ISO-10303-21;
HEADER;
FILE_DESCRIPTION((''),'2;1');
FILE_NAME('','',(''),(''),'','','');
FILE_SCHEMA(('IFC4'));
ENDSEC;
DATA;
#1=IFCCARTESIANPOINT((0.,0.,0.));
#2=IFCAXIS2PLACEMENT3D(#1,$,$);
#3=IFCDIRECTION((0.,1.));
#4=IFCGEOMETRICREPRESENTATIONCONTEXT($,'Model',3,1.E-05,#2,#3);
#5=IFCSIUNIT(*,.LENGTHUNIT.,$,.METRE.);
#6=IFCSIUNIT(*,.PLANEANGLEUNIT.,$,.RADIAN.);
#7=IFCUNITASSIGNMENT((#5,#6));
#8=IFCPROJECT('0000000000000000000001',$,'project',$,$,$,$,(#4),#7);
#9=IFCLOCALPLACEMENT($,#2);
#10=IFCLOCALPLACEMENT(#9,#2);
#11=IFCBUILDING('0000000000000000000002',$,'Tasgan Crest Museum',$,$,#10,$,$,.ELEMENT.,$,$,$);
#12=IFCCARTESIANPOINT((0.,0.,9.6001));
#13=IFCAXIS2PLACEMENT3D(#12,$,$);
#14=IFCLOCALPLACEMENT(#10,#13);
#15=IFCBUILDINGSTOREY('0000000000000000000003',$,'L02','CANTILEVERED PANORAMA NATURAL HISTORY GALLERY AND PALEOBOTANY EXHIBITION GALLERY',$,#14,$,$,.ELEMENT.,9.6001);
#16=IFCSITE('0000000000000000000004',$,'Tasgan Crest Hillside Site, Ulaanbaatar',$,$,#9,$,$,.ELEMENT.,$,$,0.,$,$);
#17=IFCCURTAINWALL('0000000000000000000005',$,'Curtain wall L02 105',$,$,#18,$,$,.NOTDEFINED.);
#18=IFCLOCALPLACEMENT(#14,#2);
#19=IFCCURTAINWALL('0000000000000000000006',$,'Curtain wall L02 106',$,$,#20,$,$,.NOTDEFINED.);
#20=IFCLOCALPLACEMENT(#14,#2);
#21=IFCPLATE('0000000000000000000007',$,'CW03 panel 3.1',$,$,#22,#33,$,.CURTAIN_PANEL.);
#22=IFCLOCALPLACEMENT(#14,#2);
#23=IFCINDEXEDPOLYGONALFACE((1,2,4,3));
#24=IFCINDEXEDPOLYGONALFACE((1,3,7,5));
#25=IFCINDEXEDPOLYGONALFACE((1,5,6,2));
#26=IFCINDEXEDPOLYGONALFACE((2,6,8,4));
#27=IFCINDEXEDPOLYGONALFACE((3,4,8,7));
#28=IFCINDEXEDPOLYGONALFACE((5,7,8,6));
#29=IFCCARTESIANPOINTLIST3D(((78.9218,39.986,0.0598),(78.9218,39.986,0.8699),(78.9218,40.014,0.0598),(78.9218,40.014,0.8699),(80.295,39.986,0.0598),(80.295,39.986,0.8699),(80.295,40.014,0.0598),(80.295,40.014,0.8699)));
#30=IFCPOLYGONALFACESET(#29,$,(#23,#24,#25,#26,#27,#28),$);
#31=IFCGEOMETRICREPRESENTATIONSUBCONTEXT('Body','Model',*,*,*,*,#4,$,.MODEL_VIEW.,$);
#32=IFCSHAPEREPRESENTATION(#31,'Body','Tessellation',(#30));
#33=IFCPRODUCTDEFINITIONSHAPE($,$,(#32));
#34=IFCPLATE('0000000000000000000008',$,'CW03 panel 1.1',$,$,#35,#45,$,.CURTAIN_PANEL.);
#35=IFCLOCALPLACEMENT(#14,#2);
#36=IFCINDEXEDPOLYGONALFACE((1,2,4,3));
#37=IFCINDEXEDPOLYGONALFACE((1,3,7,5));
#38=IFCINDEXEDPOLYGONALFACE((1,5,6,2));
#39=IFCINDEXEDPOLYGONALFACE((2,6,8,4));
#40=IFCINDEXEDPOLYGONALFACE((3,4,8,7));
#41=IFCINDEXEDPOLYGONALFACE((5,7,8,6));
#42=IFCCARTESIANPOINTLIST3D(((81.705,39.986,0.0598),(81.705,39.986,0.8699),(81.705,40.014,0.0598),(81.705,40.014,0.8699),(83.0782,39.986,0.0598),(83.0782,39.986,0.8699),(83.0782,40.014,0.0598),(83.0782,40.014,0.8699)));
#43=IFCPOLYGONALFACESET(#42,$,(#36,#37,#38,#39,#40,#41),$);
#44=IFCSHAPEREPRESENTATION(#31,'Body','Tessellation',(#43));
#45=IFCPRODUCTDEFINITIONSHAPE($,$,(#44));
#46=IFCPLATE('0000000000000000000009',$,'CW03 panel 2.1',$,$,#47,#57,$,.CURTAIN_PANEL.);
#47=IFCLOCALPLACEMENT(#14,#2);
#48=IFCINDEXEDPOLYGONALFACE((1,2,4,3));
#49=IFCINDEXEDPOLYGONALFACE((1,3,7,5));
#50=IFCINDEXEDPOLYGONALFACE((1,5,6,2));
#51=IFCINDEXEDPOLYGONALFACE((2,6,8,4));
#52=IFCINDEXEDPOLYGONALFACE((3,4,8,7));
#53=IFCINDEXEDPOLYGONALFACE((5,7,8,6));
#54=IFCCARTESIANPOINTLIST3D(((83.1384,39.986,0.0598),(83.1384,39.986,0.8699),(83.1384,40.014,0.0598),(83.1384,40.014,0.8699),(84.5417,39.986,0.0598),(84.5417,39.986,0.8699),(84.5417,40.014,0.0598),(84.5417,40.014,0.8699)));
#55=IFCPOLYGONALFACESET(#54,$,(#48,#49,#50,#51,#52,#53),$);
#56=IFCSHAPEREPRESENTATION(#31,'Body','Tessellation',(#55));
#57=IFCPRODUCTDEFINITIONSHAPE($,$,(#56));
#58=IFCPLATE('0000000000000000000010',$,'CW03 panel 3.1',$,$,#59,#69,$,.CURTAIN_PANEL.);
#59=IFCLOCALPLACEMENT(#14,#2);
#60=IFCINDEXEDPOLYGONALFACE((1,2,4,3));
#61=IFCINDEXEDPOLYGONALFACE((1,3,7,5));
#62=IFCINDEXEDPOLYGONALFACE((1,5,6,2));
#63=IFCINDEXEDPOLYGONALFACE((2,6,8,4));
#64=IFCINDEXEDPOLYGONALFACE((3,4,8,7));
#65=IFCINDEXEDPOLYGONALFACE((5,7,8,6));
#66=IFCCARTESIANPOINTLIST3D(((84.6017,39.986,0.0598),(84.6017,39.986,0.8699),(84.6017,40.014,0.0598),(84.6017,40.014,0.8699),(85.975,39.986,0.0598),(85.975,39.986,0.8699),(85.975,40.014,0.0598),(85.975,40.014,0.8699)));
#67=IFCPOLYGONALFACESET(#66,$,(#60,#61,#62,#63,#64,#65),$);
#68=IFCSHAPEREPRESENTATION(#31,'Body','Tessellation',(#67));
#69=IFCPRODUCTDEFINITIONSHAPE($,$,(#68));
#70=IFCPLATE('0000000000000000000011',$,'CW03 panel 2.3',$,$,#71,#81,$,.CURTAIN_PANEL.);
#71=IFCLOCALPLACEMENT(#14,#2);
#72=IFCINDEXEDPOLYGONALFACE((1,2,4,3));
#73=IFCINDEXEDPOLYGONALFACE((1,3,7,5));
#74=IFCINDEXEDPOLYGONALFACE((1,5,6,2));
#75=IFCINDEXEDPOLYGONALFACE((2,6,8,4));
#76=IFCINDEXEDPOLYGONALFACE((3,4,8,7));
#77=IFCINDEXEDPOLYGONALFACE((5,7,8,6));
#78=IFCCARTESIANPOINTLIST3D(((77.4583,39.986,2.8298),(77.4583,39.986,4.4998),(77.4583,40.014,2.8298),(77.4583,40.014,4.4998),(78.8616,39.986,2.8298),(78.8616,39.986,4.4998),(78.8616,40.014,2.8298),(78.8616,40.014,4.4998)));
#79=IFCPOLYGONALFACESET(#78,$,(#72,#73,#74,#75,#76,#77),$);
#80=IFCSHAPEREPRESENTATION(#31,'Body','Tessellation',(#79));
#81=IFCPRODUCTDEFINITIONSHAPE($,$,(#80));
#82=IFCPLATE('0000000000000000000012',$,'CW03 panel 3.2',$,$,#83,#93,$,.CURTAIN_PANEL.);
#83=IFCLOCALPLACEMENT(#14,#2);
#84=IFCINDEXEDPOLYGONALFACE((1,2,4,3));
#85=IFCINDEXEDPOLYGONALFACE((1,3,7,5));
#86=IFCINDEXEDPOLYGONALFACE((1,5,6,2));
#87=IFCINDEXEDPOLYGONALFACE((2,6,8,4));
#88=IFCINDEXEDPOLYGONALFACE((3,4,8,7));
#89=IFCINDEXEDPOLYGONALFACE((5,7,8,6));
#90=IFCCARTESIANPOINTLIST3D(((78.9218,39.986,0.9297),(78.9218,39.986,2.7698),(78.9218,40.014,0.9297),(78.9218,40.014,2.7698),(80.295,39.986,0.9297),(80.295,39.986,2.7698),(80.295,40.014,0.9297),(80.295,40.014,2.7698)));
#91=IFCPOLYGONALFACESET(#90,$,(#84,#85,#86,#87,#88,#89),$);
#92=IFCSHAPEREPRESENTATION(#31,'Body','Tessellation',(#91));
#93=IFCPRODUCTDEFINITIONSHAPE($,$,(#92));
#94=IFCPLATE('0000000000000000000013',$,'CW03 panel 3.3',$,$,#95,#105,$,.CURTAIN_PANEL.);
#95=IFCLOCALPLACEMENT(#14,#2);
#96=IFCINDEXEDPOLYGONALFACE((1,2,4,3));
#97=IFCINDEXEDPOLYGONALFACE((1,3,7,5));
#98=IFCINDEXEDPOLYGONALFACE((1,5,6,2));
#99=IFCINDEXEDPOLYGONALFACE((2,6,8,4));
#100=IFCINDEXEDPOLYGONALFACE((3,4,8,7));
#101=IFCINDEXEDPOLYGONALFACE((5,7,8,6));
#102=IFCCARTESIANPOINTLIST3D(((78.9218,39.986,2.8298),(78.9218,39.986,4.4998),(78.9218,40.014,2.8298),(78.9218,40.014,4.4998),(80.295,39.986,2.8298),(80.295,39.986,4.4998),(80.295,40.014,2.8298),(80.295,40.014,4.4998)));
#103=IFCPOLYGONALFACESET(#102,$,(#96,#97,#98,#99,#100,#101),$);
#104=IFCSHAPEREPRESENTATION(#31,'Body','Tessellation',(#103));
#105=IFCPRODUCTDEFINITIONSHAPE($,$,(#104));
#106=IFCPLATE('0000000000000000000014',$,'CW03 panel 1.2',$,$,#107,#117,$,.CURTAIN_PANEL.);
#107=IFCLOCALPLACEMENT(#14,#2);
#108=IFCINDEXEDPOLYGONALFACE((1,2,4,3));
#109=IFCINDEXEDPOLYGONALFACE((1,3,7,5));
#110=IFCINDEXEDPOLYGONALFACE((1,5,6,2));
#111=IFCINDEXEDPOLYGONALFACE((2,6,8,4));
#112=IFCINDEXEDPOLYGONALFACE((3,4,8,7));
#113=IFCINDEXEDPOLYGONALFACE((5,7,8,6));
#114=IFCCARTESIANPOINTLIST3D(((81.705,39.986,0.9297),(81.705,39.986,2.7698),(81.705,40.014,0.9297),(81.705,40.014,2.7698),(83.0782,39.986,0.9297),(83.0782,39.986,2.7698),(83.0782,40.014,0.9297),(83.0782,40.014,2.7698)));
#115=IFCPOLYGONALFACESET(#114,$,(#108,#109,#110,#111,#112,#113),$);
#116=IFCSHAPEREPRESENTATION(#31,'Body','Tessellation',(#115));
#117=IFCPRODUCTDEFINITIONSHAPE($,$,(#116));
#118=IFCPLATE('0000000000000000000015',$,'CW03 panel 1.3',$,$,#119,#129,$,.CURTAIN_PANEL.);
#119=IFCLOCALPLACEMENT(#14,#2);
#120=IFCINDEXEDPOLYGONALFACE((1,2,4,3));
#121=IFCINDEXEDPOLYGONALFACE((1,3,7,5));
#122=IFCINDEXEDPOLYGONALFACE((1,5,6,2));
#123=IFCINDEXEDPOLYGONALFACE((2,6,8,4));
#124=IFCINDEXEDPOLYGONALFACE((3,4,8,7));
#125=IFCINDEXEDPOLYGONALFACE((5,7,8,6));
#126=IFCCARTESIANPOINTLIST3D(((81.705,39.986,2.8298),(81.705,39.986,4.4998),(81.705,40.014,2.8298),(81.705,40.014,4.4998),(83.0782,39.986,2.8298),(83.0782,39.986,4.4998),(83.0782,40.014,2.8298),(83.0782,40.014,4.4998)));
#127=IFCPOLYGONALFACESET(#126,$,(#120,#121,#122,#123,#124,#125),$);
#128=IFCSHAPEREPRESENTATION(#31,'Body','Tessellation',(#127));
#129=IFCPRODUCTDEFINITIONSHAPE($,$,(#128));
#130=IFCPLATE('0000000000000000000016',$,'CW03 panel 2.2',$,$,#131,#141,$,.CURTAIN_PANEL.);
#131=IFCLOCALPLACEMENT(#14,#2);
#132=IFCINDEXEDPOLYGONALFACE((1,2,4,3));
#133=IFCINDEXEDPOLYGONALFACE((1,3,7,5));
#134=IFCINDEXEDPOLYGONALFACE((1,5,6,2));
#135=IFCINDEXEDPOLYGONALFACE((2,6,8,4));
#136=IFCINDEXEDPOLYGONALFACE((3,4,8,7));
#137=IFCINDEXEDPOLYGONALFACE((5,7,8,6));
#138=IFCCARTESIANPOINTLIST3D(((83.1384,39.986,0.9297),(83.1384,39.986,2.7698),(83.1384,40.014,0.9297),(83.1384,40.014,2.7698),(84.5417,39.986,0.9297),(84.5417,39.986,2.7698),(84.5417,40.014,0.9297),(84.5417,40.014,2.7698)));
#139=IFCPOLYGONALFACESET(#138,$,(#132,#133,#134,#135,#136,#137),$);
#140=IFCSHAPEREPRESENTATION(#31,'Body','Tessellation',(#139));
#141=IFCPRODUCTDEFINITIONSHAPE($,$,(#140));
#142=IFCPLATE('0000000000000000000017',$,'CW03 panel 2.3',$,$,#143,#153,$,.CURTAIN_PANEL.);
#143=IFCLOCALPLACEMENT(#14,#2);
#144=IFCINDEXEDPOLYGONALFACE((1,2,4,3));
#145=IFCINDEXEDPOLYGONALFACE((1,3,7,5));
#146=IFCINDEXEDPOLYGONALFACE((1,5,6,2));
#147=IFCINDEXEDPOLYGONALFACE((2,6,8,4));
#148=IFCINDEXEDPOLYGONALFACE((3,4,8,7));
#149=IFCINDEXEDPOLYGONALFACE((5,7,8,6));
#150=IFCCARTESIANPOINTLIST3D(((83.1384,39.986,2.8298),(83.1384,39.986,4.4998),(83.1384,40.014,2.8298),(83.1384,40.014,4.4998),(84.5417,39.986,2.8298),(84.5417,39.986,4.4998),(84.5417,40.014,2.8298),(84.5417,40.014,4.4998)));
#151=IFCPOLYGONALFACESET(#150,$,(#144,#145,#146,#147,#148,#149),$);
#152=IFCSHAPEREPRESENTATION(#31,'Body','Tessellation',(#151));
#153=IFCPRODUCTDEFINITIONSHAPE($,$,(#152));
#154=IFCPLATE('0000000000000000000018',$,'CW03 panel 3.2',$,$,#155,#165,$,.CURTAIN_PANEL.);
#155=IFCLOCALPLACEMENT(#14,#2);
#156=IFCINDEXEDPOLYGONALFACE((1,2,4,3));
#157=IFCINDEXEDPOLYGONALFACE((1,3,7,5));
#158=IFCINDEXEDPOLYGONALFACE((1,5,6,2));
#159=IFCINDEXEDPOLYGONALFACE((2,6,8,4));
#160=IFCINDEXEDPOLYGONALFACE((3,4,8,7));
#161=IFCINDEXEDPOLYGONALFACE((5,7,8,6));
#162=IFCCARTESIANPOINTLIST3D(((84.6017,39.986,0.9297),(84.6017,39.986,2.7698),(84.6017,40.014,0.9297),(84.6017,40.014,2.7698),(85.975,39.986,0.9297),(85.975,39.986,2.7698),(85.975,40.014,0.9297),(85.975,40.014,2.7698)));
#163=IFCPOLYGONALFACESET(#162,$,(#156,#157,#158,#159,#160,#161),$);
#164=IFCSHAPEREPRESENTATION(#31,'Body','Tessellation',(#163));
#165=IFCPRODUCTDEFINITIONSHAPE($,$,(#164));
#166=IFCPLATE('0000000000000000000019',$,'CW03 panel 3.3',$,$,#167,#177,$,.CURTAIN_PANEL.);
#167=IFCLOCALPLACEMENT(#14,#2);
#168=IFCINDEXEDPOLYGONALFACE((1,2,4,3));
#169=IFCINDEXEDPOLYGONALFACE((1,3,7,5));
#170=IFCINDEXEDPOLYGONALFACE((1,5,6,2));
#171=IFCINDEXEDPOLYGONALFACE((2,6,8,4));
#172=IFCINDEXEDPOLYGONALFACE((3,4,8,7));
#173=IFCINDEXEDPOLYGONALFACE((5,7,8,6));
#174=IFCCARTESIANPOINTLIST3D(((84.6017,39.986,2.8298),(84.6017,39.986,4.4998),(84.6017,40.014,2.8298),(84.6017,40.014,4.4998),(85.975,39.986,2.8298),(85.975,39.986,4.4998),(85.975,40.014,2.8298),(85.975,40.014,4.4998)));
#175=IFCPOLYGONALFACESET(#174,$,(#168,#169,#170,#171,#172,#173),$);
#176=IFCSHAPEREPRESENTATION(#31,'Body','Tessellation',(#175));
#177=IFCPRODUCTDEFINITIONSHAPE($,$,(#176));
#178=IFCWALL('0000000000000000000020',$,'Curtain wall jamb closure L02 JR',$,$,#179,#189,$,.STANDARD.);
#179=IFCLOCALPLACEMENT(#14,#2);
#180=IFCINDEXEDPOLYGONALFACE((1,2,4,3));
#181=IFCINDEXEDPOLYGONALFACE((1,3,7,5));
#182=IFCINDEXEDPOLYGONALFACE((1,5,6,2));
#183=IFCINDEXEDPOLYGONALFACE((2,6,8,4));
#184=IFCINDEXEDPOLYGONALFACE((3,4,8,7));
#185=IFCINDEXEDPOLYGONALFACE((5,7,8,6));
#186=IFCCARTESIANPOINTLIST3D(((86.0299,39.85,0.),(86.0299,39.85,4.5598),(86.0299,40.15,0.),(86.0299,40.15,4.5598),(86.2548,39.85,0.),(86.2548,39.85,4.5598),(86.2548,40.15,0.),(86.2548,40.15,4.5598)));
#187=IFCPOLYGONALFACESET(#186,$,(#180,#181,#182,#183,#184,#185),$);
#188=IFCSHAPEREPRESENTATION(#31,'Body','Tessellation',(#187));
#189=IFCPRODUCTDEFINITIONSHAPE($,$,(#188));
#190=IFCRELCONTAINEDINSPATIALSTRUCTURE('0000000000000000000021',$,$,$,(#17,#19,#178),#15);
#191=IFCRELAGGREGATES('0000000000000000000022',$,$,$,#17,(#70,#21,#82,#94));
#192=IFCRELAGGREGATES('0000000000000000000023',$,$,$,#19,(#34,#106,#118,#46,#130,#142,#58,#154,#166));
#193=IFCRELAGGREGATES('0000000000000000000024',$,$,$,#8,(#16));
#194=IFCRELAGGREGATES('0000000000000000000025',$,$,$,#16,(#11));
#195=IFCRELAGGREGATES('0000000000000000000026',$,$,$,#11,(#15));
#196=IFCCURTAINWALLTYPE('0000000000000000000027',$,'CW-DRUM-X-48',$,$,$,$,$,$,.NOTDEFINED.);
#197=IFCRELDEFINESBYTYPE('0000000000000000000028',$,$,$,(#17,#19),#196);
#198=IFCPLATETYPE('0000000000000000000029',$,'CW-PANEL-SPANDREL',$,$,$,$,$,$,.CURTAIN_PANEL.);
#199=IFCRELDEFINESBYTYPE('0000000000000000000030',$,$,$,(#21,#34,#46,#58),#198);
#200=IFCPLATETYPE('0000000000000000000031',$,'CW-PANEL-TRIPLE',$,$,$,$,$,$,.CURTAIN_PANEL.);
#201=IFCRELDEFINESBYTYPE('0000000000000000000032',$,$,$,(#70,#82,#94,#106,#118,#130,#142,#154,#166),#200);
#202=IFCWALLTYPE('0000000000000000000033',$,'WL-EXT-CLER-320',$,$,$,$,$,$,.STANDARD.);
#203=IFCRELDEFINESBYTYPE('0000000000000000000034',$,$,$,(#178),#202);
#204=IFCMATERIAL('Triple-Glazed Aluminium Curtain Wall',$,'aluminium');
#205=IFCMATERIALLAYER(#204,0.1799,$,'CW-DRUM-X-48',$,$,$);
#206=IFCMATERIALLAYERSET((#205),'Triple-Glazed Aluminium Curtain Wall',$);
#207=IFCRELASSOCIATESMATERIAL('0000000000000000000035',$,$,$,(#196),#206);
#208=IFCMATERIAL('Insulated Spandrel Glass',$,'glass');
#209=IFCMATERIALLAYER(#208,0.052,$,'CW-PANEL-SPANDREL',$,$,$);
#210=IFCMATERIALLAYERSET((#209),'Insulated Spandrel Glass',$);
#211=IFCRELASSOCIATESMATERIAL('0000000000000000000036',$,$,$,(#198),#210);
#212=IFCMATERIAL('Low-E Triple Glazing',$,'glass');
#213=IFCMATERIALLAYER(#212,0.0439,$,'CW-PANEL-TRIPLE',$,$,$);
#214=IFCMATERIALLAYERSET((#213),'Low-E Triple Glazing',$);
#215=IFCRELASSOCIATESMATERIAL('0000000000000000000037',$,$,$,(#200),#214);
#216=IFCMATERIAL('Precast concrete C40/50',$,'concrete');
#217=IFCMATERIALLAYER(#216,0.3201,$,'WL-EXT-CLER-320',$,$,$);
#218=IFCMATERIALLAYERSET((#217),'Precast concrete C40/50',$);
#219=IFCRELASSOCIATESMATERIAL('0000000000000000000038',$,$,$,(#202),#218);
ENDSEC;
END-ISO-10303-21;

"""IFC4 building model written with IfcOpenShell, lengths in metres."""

from ifc_helpers import new_model, si_unit, direction, frame, frame_2d, origin, origin_2d, place, context, subcontext, project, spatial, rectangle, extrude, material, layer, layer_set, type_object, element, aggregate, save


model = new_model("IFC4")

# Units and contexts
model_context = context("Model", 3, precision=1e-05, world=origin(), true_north=direction((0.0, 1.0)))
body_context = subcontext(model_context, "Body", "Model", "MODEL_VIEW")
ifc_project = project(units=[si_unit("LENGTHUNIT", "METRE"), si_unit("PLANEANGLEUNIT", "RADIAN")], contexts=[model_context])

# Site, building, storey
site_placement = place(None, origin())
site = spatial("IfcSite", under=ifc_project, at=site_placement, Name="Tasgan Crest Hillside Site, Ulaanbaatar", CompositionType="ELEMENT", RefElevation=0.0)
building_placement = place(site_placement, origin())
building = spatial("IfcBuilding", under=site, at=building_placement, Name="Tasgan Crest Museum", CompositionType="ELEMENT")
storey_placement = place(building_placement, frame((0.0, 0.0, 9.6001)))
storey = spatial("IfcBuildingStorey", under=building, at=storey_placement, Name="L02", Description="CANTILEVERED PANORAMA NATURAL HISTORY GALLERY AND PALEOBOTANY EXHIBITION GALLERY", CompositionType="ELEMENT", Elevation=9.6001)

# Curtain walls
ifc_material_1 = material(Name="Triple-Glazed Aluminium Curtain Wall", Category="aluminium")
ifc_layer_1 = layer(ifc_material_1, 0.1799, Name="CW-DRUM-X-48")
ifc_layer_set_1 = layer_set([ifc_layer_1], Name="Triple-Glazed Aluminium Curtain Wall")
curtain_wall_type = type_object("IfcCurtainWallType", Name="CW-DRUM-X-48", PredefinedType="NOTDEFINED", material=ifc_layer_set_1)
curtain_wall_1_placement = place(storey_placement, origin())
curtain_wall_1 = element("IfcCurtainWall", 1, at=curtain_wall_1_placement, inside=storey, type_object=curtain_wall_type, Name="Curtain wall L02 105", PredefinedType="NOTDEFINED")
curtain_wall_2_placement = place(storey_placement, origin())
curtain_wall_2 = element("IfcCurtainWall", 2, at=curtain_wall_2_placement, inside=storey, type_object=curtain_wall_type, Name="Curtain wall L02 106", PredefinedType="NOTDEFINED")

# Plates
ifc_material_2 = material(Name="Insulated Spandrel Glass", Category="glass")
ifc_layer_2 = layer(ifc_material_2, 0.052, Name="CW-PANEL-SPANDREL")
ifc_layer_set_2 = layer_set([ifc_layer_2], Name="Insulated Spandrel Glass")
plate_type_1 = type_object("IfcPlateType", Name="CW-PANEL-SPANDREL", PredefinedType="CURTAIN_PANEL", material=ifc_layer_set_2)
plate_1_placement = place(storey_placement, frame((79.6084, 40.0, 0.0598), z_axis=(0.0, 0.0, 1.0), x_axis=(1.0, 0.0, 0.0)))
plate_1 = element("IfcPlate", 3, at=plate_1_placement, type_object=plate_type_1, Name="CW03 panel 3.1", PredefinedType="CURTAIN_PANEL", context=body_context, shape_type="SweptSolid", body=[
    extrude(rectangle(XDim=1.3733, YDim=0.0281, at=origin_2d()), origin(), (0.0, 0.0, 1.0), 0.8101),
])
plate_2_placement = place(storey_placement, frame((82.3916, 40.0, 0.0598), z_axis=(0.0, 0.0, 1.0), x_axis=(1.0, 0.0, 0.0)))
plate_2 = element("IfcPlate", 4, at=plate_2_placement, type_object=plate_type_1, Name="CW03 panel 1.1", PredefinedType="CURTAIN_PANEL", context=body_context, shape_type="SweptSolid", body=[
    extrude(rectangle(XDim=1.3733, YDim=0.0281, at=origin_2d()), origin(), (0.0, 0.0, 1.0), 0.8101),
])
plate_3_placement = place(storey_placement, frame((83.8401, 40.0, 0.0598), z_axis=(0.0, 0.0, 1.0), x_axis=(1.0, 0.0, 0.0)))
plate_3 = element("IfcPlate", 5, at=plate_3_placement, type_object=plate_type_1, Name="CW03 panel 2.1", PredefinedType="CURTAIN_PANEL", context=body_context, shape_type="SweptSolid", body=[
    extrude(rectangle(XDim=1.4033, YDim=0.0281, at=origin_2d()), origin(), (0.0, 0.0, 1.0), 0.8101),
])
plate_4_placement = place(storey_placement, frame((85.2883, 40.0, 0.0598), z_axis=(0.0, 0.0, 1.0), x_axis=(1.0, 0.0, 0.0)))
plate_4 = element("IfcPlate", 6, at=plate_4_placement, type_object=plate_type_1, Name="CW03 panel 3.1", PredefinedType="CURTAIN_PANEL", context=body_context, shape_type="SweptSolid", body=[
    extrude(rectangle(XDim=1.3733, YDim=0.0281, at=origin_2d()), origin(), (0.0, 0.0, 1.0), 0.8101),
])
ifc_material_3 = material(Name="Low-E Triple Glazing", Category="glass")
ifc_layer_3 = layer(ifc_material_3, 0.0439, Name="CW-PANEL-TRIPLE")
ifc_layer_set_3 = layer_set([ifc_layer_3], Name="Low-E Triple Glazing")
plate_type_2 = type_object("IfcPlateType", Name="CW-PANEL-TRIPLE", PredefinedType="CURTAIN_PANEL", material=ifc_layer_set_3)
plate_5_placement = place(storey_placement, frame((78.1599, 40.0, 2.8298), z_axis=(0.0, 0.0, 1.0), x_axis=(1.0, 0.0, 0.0)))
plate_5 = element("IfcPlate", 7, at=plate_5_placement, type_object=plate_type_2, Name="CW03 panel 2.3", PredefinedType="CURTAIN_PANEL", context=body_context, shape_type="SweptSolid", body=[
    extrude(rectangle(XDim=1.4033, YDim=0.0281, at=origin_2d()), origin(), (0.0, 0.0, 1.0), 1.6699),
])
plate_6_placement = place(storey_placement, frame((79.6084, 40.0, 0.9297), z_axis=(0.0, 0.0, 1.0), x_axis=(1.0, 0.0, 0.0)))
plate_6 = element("IfcPlate", 8, at=plate_6_placement, type_object=plate_type_2, Name="CW03 panel 3.2", PredefinedType="CURTAIN_PANEL", context=body_context, shape_type="SweptSolid", body=[
    extrude(rectangle(XDim=1.3733, YDim=0.0281, at=origin_2d()), origin(), (0.0, 0.0, 1.0), 1.8401),
])
plate_7_placement = place(storey_placement, frame((79.6084, 40.0, 2.8298), z_axis=(0.0, 0.0, 1.0), x_axis=(1.0, 0.0, 0.0)))
plate_7 = element("IfcPlate", 9, at=plate_7_placement, type_object=plate_type_2, Name="CW03 panel 3.3", PredefinedType="CURTAIN_PANEL", context=body_context, shape_type="SweptSolid", body=[
    extrude(rectangle(XDim=1.3733, YDim=0.0281, at=origin_2d()), origin(), (0.0, 0.0, 1.0), 1.6699),
])
aggregate(curtain_wall_1, [plate_5, plate_1, plate_6, plate_7])
plate_8_placement = place(storey_placement, frame((82.3916, 40.0, 0.9297), z_axis=(0.0, 0.0, 1.0), x_axis=(1.0, 0.0, 0.0)))
plate_8 = element("IfcPlate", 10, at=plate_8_placement, type_object=plate_type_2, Name="CW03 panel 1.2", PredefinedType="CURTAIN_PANEL", context=body_context, shape_type="SweptSolid", body=[
    extrude(rectangle(XDim=1.3733, YDim=0.0281, at=origin_2d()), origin(), (0.0, 0.0, 1.0), 1.8401),
])
plate_9_placement = place(storey_placement, frame((82.3916, 40.0, 2.8298), z_axis=(0.0, 0.0, 1.0), x_axis=(1.0, 0.0, 0.0)))
plate_9 = element("IfcPlate", 11, at=plate_9_placement, type_object=plate_type_2, Name="CW03 panel 1.3", PredefinedType="CURTAIN_PANEL", context=body_context, shape_type="SweptSolid", body=[
    extrude(rectangle(XDim=1.3733, YDim=0.0281, at=origin_2d()), origin(), (0.0, 0.0, 1.0), 1.6699),
])
plate_10_placement = place(storey_placement, frame((83.8401, 40.0, 0.9297), z_axis=(0.0, 0.0, 1.0), x_axis=(1.0, 0.0, 0.0)))
plate_10 = element("IfcPlate", 12, at=plate_10_placement, type_object=plate_type_2, Name="CW03 panel 2.2", PredefinedType="CURTAIN_PANEL", context=body_context, shape_type="SweptSolid", body=[
    extrude(rectangle(XDim=1.4033, YDim=0.0281, at=origin_2d()), origin(), (0.0, 0.0, 1.0), 1.8401),
])
plate_11_placement = place(storey_placement, frame((83.8401, 40.0, 2.8298), z_axis=(0.0, 0.0, 1.0), x_axis=(1.0, 0.0, 0.0)))
plate_11 = element("IfcPlate", 13, at=plate_11_placement, type_object=plate_type_2, Name="CW03 panel 2.3", PredefinedType="CURTAIN_PANEL", context=body_context, shape_type="SweptSolid", body=[
    extrude(rectangle(XDim=1.4033, YDim=0.0281, at=origin_2d()), origin(), (0.0, 0.0, 1.0), 1.6699),
])
plate_12_placement = place(storey_placement, frame((85.2883, 40.0, 0.9297), z_axis=(0.0, 0.0, 1.0), x_axis=(1.0, 0.0, 0.0)))
plate_12 = element("IfcPlate", 14, at=plate_12_placement, type_object=plate_type_2, Name="CW03 panel 3.2", PredefinedType="CURTAIN_PANEL", context=body_context, shape_type="SweptSolid", body=[
    extrude(rectangle(XDim=1.3733, YDim=0.0281, at=origin_2d()), origin(), (0.0, 0.0, 1.0), 1.8401),
])
plate_13_placement = place(storey_placement, frame((85.2883, 40.0, 2.8298), z_axis=(0.0, 0.0, 1.0), x_axis=(1.0, 0.0, 0.0)))
plate_13 = element("IfcPlate", 15, at=plate_13_placement, type_object=plate_type_2, Name="CW03 panel 3.3", PredefinedType="CURTAIN_PANEL", context=body_context, shape_type="SweptSolid", body=[
    extrude(rectangle(XDim=1.3733, YDim=0.0281, at=origin_2d()), origin(), (0.0, 0.0, 1.0), 1.6699),
])
aggregate(curtain_wall_2, [plate_2, plate_8, plate_9, plate_3, plate_10, plate_11, plate_4, plate_12, plate_13])

# Wall
ifc_material_4 = material(Name="Precast concrete C40/50", Category="concrete")
ifc_layer_4 = layer(ifc_material_4, 0.3201, Name="WL-EXT-CLER-320")
ifc_layer_set_4 = layer_set([ifc_layer_4], Name="Precast concrete C40/50")
wall_type_1 = type_object("IfcWallType", Name="WL-EXT-CLER-320", PredefinedType="STANDARD", material=ifc_layer_set_4)
wall_1_placement = place(storey_placement, frame((86.03, 40.0, 0.0), z_axis=(0.0, 0.0, 1.0), x_axis=(1.0, 0.0, 0.0)))
element("IfcWall", 16, at=wall_1_placement, inside=storey, type_object=wall_type_1, Name="Curtain wall jamb closure L02 JR", PredefinedType="STANDARD", context=body_context, shape_type="SweptSolid", body=[
    extrude(rectangle(XDim=0.2249, YDim=0.3, at=frame_2d((0.1123, 0.0))), origin(), (0.0, 0.0, 1.0), 4.5598),
])

save(model, "model.ifc")
